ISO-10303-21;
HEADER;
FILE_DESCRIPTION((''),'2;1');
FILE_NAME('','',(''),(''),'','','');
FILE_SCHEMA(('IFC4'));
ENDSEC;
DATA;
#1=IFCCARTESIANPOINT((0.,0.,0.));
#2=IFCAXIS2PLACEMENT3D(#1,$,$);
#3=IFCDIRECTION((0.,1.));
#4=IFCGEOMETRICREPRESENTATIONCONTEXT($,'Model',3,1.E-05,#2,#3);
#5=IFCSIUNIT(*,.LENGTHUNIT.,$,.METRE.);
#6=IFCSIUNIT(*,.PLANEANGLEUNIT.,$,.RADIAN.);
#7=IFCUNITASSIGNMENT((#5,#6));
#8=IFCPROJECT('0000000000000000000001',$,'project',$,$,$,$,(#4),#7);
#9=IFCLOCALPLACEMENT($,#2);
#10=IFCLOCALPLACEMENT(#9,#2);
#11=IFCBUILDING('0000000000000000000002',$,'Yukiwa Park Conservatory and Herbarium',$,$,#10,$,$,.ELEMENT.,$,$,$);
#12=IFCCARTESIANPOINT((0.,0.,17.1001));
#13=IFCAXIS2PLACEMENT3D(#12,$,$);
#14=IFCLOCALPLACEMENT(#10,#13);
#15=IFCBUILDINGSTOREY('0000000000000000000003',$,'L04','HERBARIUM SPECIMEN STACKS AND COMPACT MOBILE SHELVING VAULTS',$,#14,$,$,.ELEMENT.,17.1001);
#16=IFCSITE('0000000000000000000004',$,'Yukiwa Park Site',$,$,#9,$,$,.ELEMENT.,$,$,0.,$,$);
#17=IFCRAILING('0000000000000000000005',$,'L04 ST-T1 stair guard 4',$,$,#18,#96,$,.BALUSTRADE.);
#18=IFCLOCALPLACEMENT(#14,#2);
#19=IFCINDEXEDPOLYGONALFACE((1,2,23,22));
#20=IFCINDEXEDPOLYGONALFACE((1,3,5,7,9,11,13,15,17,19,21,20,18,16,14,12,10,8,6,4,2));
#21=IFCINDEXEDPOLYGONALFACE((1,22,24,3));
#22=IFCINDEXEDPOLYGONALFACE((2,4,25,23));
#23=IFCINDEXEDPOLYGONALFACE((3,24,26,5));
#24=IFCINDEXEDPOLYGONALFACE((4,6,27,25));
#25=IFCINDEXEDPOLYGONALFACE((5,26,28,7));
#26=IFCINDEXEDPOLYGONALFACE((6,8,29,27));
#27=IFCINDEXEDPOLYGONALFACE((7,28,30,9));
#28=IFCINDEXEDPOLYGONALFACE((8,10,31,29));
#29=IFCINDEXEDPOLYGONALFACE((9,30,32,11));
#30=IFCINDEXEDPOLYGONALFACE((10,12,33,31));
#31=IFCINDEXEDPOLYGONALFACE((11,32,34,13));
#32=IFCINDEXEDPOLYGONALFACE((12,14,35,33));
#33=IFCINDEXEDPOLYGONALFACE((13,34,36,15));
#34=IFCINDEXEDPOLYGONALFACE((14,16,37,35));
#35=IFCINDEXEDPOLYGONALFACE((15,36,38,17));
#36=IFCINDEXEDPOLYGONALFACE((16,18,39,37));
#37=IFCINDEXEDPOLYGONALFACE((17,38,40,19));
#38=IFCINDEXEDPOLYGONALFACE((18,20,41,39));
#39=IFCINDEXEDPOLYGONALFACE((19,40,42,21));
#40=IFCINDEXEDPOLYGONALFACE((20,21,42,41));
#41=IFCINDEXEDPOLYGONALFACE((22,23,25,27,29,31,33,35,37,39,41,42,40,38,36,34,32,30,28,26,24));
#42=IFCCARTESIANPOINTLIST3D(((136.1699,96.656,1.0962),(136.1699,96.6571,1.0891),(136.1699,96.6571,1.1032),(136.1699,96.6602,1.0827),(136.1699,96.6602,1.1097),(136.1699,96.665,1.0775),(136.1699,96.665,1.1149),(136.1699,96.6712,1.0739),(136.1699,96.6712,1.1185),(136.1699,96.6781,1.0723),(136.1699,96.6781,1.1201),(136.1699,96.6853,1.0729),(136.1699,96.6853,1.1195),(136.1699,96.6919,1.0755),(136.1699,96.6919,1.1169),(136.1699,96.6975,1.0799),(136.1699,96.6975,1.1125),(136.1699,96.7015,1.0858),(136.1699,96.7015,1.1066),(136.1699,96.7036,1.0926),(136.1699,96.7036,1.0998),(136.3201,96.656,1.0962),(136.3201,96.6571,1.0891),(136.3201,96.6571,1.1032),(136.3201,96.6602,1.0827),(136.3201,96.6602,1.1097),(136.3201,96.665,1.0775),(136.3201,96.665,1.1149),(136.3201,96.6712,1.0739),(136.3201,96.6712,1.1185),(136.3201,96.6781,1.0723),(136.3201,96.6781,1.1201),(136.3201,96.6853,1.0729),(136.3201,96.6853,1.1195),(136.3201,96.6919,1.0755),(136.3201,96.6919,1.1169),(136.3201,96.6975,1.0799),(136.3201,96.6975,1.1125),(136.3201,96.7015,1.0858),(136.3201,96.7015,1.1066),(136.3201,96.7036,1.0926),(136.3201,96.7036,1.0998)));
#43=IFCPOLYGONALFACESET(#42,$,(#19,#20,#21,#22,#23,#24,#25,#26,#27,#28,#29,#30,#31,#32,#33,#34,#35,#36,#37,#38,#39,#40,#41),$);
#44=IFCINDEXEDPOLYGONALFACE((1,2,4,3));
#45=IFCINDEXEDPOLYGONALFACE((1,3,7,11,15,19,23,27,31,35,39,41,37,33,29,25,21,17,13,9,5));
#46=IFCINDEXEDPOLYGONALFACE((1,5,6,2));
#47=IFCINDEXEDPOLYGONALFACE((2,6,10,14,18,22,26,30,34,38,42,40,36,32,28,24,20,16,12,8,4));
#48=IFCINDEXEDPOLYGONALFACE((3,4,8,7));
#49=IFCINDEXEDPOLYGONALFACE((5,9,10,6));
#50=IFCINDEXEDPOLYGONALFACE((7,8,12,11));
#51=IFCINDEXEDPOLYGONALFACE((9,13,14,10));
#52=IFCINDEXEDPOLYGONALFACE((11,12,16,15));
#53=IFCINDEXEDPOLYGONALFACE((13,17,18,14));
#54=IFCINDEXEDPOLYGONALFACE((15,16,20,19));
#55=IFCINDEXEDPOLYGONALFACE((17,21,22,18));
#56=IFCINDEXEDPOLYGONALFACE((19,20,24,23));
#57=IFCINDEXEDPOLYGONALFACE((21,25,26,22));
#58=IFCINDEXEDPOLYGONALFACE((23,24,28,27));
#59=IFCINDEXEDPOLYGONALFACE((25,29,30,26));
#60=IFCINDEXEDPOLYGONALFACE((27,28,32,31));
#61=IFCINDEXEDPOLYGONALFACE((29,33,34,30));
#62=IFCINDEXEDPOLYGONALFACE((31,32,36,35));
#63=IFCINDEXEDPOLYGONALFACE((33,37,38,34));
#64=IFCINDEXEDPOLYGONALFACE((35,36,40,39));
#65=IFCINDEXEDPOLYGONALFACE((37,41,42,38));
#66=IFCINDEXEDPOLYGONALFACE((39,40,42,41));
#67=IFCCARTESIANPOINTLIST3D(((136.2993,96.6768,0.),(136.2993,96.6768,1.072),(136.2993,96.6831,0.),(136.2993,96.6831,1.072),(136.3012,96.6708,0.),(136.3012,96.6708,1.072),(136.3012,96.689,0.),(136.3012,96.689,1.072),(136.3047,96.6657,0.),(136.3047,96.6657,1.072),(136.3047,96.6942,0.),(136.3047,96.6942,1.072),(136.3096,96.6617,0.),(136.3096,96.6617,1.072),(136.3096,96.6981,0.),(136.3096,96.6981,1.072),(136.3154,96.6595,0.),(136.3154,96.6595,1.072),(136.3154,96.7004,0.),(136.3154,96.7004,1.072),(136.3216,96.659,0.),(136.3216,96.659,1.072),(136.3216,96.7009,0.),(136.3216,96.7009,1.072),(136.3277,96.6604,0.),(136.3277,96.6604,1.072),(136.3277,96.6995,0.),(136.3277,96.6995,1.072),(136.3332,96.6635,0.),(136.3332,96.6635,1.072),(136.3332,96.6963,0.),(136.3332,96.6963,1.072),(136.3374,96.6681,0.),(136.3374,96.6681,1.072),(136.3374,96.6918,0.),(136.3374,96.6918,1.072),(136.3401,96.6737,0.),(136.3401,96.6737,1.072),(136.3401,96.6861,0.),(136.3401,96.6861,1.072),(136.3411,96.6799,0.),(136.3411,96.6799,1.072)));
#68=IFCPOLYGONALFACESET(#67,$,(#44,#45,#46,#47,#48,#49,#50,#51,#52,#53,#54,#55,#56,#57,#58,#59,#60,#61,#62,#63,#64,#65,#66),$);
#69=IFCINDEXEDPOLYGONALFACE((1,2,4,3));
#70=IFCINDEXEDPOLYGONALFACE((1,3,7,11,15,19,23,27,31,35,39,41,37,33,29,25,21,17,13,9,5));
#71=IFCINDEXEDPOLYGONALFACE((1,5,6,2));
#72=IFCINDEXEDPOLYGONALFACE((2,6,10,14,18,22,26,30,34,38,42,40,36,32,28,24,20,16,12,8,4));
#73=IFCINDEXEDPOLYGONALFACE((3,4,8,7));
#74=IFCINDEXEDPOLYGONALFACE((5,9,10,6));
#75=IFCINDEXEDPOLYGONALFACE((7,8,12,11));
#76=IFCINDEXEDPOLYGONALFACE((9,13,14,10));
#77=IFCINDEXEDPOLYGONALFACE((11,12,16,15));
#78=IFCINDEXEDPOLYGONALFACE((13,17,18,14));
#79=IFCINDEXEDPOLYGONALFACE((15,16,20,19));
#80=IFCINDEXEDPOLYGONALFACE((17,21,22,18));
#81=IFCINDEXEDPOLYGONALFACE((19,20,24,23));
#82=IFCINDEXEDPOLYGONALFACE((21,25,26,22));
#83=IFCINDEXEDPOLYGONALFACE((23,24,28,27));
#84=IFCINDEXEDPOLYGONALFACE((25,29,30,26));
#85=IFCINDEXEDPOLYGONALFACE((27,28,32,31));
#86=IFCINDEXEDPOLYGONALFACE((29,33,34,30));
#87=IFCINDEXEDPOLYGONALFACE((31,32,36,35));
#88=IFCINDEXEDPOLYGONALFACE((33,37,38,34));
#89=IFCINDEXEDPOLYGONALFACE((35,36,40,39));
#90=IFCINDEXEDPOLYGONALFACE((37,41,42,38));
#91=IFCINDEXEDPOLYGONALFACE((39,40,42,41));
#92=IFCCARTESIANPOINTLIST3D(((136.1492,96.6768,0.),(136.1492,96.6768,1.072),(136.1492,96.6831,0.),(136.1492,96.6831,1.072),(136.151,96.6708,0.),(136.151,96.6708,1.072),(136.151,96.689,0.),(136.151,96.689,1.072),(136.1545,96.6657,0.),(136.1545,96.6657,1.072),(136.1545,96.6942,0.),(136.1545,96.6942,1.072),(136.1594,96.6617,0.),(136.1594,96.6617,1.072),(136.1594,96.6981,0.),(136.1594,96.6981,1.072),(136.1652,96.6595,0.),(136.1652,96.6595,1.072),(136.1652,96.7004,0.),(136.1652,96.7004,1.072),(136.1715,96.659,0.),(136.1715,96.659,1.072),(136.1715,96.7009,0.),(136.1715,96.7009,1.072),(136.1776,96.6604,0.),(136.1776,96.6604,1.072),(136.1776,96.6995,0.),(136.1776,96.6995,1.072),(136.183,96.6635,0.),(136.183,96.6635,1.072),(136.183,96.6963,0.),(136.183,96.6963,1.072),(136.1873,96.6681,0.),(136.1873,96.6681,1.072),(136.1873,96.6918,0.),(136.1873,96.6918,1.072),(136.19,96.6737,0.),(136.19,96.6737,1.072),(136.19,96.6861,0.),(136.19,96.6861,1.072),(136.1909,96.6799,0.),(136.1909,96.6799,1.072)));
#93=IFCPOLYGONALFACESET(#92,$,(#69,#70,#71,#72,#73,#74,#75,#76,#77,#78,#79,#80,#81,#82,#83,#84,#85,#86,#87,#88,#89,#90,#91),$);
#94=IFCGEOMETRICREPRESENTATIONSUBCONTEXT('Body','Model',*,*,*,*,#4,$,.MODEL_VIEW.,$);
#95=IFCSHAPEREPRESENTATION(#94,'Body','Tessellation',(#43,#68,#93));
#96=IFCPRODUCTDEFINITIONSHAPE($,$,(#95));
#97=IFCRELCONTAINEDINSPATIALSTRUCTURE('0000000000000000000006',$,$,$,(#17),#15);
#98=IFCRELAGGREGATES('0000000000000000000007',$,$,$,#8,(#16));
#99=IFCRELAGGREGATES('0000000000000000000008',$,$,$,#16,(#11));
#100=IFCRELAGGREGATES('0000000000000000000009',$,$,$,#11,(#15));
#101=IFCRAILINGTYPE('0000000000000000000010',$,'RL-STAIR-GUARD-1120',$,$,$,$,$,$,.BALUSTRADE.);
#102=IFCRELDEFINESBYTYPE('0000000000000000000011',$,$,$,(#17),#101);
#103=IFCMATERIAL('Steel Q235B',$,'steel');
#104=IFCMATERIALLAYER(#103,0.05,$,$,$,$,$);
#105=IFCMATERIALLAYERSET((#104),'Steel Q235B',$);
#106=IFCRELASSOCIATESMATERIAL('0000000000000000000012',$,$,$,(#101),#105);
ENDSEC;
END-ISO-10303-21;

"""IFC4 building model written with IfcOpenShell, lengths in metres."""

from ifc_helpers import new_model, si_unit, direction, frame, origin, origin_2d, place, context, subcontext, project, spatial, circle, extrude, material, layer, layer_set, type_object, element, save


model = new_model("IFC4")

# Units and contexts
model_context = context("Model", 3, precision=1e-05, world=origin(), true_north=direction((0.0, 1.0)))
body_context = subcontext(model_context, "Body", "Model", "MODEL_VIEW")
ifc_project = project(units=[si_unit("LENGTHUNIT", "METRE"), si_unit("PLANEANGLEUNIT", "RADIAN")], contexts=[model_context])

# Site, building, storey
site_placement = place(None, origin())
site = spatial("IfcSite", under=ifc_project, at=site_placement, Name="Yukiwa Park Site", CompositionType="ELEMENT", RefElevation=0.0)
building_placement = place(site_placement, origin())
building = spatial("IfcBuilding", under=site, at=building_placement, Name="Yukiwa Park Conservatory and Herbarium", CompositionType="ELEMENT")
storey_placement = place(building_placement, frame((0.0, 0.0, 17.1001)))
storey = spatial("IfcBuildingStorey", under=building, at=storey_placement, Name="L04", Description="HERBARIUM SPECIMEN STACKS AND COMPACT MOBILE SHELVING VAULTS", CompositionType="ELEMENT", Elevation=17.1001)

# Railing
ifc_material_1 = material(Name="Steel Q235B", Category="steel")
ifc_layer_1 = layer(ifc_material_1, 0.05)
ifc_layer_set_1 = layer_set([ifc_layer_1], Name="Steel Q235B")
railing_type_1 = type_object("IfcRailingType", Name="RL-STAIR-GUARD-1120", PredefinedType="BALUSTRADE", material=ifc_layer_set_1)
railing_1_placement = place(storey_placement, frame((136.3201, 96.6799, 0.0)))
element("IfcRailing", 1, at=railing_1_placement, inside=storey, type_object=railing_type_1, Name="L04 ST-T1 stair guard 4", PredefinedType="BALUSTRADE", context=body_context, shape_type="SweptSolid", body=[
    extrude(circle(Radius=0.0239, at=origin_2d()), frame((0.0, 0.0, 1.0962), z_axis=(-1.0, 0.0, 0.0), x_axis=(0.0, -1.0, 0.0)), (0.0, 0.0, 1.0), 0.1501),
    extrude(circle(Radius=0.021, at=origin_2d()), origin(), (0.0, 0.0, 1.0), 1.072),
    extrude(circle(Radius=0.021, at=origin_2d()), frame((-0.1501, 0.0, 0.0)), (0.0, 0.0, 1.0), 1.072),
])

save(model, "model.ifc")
